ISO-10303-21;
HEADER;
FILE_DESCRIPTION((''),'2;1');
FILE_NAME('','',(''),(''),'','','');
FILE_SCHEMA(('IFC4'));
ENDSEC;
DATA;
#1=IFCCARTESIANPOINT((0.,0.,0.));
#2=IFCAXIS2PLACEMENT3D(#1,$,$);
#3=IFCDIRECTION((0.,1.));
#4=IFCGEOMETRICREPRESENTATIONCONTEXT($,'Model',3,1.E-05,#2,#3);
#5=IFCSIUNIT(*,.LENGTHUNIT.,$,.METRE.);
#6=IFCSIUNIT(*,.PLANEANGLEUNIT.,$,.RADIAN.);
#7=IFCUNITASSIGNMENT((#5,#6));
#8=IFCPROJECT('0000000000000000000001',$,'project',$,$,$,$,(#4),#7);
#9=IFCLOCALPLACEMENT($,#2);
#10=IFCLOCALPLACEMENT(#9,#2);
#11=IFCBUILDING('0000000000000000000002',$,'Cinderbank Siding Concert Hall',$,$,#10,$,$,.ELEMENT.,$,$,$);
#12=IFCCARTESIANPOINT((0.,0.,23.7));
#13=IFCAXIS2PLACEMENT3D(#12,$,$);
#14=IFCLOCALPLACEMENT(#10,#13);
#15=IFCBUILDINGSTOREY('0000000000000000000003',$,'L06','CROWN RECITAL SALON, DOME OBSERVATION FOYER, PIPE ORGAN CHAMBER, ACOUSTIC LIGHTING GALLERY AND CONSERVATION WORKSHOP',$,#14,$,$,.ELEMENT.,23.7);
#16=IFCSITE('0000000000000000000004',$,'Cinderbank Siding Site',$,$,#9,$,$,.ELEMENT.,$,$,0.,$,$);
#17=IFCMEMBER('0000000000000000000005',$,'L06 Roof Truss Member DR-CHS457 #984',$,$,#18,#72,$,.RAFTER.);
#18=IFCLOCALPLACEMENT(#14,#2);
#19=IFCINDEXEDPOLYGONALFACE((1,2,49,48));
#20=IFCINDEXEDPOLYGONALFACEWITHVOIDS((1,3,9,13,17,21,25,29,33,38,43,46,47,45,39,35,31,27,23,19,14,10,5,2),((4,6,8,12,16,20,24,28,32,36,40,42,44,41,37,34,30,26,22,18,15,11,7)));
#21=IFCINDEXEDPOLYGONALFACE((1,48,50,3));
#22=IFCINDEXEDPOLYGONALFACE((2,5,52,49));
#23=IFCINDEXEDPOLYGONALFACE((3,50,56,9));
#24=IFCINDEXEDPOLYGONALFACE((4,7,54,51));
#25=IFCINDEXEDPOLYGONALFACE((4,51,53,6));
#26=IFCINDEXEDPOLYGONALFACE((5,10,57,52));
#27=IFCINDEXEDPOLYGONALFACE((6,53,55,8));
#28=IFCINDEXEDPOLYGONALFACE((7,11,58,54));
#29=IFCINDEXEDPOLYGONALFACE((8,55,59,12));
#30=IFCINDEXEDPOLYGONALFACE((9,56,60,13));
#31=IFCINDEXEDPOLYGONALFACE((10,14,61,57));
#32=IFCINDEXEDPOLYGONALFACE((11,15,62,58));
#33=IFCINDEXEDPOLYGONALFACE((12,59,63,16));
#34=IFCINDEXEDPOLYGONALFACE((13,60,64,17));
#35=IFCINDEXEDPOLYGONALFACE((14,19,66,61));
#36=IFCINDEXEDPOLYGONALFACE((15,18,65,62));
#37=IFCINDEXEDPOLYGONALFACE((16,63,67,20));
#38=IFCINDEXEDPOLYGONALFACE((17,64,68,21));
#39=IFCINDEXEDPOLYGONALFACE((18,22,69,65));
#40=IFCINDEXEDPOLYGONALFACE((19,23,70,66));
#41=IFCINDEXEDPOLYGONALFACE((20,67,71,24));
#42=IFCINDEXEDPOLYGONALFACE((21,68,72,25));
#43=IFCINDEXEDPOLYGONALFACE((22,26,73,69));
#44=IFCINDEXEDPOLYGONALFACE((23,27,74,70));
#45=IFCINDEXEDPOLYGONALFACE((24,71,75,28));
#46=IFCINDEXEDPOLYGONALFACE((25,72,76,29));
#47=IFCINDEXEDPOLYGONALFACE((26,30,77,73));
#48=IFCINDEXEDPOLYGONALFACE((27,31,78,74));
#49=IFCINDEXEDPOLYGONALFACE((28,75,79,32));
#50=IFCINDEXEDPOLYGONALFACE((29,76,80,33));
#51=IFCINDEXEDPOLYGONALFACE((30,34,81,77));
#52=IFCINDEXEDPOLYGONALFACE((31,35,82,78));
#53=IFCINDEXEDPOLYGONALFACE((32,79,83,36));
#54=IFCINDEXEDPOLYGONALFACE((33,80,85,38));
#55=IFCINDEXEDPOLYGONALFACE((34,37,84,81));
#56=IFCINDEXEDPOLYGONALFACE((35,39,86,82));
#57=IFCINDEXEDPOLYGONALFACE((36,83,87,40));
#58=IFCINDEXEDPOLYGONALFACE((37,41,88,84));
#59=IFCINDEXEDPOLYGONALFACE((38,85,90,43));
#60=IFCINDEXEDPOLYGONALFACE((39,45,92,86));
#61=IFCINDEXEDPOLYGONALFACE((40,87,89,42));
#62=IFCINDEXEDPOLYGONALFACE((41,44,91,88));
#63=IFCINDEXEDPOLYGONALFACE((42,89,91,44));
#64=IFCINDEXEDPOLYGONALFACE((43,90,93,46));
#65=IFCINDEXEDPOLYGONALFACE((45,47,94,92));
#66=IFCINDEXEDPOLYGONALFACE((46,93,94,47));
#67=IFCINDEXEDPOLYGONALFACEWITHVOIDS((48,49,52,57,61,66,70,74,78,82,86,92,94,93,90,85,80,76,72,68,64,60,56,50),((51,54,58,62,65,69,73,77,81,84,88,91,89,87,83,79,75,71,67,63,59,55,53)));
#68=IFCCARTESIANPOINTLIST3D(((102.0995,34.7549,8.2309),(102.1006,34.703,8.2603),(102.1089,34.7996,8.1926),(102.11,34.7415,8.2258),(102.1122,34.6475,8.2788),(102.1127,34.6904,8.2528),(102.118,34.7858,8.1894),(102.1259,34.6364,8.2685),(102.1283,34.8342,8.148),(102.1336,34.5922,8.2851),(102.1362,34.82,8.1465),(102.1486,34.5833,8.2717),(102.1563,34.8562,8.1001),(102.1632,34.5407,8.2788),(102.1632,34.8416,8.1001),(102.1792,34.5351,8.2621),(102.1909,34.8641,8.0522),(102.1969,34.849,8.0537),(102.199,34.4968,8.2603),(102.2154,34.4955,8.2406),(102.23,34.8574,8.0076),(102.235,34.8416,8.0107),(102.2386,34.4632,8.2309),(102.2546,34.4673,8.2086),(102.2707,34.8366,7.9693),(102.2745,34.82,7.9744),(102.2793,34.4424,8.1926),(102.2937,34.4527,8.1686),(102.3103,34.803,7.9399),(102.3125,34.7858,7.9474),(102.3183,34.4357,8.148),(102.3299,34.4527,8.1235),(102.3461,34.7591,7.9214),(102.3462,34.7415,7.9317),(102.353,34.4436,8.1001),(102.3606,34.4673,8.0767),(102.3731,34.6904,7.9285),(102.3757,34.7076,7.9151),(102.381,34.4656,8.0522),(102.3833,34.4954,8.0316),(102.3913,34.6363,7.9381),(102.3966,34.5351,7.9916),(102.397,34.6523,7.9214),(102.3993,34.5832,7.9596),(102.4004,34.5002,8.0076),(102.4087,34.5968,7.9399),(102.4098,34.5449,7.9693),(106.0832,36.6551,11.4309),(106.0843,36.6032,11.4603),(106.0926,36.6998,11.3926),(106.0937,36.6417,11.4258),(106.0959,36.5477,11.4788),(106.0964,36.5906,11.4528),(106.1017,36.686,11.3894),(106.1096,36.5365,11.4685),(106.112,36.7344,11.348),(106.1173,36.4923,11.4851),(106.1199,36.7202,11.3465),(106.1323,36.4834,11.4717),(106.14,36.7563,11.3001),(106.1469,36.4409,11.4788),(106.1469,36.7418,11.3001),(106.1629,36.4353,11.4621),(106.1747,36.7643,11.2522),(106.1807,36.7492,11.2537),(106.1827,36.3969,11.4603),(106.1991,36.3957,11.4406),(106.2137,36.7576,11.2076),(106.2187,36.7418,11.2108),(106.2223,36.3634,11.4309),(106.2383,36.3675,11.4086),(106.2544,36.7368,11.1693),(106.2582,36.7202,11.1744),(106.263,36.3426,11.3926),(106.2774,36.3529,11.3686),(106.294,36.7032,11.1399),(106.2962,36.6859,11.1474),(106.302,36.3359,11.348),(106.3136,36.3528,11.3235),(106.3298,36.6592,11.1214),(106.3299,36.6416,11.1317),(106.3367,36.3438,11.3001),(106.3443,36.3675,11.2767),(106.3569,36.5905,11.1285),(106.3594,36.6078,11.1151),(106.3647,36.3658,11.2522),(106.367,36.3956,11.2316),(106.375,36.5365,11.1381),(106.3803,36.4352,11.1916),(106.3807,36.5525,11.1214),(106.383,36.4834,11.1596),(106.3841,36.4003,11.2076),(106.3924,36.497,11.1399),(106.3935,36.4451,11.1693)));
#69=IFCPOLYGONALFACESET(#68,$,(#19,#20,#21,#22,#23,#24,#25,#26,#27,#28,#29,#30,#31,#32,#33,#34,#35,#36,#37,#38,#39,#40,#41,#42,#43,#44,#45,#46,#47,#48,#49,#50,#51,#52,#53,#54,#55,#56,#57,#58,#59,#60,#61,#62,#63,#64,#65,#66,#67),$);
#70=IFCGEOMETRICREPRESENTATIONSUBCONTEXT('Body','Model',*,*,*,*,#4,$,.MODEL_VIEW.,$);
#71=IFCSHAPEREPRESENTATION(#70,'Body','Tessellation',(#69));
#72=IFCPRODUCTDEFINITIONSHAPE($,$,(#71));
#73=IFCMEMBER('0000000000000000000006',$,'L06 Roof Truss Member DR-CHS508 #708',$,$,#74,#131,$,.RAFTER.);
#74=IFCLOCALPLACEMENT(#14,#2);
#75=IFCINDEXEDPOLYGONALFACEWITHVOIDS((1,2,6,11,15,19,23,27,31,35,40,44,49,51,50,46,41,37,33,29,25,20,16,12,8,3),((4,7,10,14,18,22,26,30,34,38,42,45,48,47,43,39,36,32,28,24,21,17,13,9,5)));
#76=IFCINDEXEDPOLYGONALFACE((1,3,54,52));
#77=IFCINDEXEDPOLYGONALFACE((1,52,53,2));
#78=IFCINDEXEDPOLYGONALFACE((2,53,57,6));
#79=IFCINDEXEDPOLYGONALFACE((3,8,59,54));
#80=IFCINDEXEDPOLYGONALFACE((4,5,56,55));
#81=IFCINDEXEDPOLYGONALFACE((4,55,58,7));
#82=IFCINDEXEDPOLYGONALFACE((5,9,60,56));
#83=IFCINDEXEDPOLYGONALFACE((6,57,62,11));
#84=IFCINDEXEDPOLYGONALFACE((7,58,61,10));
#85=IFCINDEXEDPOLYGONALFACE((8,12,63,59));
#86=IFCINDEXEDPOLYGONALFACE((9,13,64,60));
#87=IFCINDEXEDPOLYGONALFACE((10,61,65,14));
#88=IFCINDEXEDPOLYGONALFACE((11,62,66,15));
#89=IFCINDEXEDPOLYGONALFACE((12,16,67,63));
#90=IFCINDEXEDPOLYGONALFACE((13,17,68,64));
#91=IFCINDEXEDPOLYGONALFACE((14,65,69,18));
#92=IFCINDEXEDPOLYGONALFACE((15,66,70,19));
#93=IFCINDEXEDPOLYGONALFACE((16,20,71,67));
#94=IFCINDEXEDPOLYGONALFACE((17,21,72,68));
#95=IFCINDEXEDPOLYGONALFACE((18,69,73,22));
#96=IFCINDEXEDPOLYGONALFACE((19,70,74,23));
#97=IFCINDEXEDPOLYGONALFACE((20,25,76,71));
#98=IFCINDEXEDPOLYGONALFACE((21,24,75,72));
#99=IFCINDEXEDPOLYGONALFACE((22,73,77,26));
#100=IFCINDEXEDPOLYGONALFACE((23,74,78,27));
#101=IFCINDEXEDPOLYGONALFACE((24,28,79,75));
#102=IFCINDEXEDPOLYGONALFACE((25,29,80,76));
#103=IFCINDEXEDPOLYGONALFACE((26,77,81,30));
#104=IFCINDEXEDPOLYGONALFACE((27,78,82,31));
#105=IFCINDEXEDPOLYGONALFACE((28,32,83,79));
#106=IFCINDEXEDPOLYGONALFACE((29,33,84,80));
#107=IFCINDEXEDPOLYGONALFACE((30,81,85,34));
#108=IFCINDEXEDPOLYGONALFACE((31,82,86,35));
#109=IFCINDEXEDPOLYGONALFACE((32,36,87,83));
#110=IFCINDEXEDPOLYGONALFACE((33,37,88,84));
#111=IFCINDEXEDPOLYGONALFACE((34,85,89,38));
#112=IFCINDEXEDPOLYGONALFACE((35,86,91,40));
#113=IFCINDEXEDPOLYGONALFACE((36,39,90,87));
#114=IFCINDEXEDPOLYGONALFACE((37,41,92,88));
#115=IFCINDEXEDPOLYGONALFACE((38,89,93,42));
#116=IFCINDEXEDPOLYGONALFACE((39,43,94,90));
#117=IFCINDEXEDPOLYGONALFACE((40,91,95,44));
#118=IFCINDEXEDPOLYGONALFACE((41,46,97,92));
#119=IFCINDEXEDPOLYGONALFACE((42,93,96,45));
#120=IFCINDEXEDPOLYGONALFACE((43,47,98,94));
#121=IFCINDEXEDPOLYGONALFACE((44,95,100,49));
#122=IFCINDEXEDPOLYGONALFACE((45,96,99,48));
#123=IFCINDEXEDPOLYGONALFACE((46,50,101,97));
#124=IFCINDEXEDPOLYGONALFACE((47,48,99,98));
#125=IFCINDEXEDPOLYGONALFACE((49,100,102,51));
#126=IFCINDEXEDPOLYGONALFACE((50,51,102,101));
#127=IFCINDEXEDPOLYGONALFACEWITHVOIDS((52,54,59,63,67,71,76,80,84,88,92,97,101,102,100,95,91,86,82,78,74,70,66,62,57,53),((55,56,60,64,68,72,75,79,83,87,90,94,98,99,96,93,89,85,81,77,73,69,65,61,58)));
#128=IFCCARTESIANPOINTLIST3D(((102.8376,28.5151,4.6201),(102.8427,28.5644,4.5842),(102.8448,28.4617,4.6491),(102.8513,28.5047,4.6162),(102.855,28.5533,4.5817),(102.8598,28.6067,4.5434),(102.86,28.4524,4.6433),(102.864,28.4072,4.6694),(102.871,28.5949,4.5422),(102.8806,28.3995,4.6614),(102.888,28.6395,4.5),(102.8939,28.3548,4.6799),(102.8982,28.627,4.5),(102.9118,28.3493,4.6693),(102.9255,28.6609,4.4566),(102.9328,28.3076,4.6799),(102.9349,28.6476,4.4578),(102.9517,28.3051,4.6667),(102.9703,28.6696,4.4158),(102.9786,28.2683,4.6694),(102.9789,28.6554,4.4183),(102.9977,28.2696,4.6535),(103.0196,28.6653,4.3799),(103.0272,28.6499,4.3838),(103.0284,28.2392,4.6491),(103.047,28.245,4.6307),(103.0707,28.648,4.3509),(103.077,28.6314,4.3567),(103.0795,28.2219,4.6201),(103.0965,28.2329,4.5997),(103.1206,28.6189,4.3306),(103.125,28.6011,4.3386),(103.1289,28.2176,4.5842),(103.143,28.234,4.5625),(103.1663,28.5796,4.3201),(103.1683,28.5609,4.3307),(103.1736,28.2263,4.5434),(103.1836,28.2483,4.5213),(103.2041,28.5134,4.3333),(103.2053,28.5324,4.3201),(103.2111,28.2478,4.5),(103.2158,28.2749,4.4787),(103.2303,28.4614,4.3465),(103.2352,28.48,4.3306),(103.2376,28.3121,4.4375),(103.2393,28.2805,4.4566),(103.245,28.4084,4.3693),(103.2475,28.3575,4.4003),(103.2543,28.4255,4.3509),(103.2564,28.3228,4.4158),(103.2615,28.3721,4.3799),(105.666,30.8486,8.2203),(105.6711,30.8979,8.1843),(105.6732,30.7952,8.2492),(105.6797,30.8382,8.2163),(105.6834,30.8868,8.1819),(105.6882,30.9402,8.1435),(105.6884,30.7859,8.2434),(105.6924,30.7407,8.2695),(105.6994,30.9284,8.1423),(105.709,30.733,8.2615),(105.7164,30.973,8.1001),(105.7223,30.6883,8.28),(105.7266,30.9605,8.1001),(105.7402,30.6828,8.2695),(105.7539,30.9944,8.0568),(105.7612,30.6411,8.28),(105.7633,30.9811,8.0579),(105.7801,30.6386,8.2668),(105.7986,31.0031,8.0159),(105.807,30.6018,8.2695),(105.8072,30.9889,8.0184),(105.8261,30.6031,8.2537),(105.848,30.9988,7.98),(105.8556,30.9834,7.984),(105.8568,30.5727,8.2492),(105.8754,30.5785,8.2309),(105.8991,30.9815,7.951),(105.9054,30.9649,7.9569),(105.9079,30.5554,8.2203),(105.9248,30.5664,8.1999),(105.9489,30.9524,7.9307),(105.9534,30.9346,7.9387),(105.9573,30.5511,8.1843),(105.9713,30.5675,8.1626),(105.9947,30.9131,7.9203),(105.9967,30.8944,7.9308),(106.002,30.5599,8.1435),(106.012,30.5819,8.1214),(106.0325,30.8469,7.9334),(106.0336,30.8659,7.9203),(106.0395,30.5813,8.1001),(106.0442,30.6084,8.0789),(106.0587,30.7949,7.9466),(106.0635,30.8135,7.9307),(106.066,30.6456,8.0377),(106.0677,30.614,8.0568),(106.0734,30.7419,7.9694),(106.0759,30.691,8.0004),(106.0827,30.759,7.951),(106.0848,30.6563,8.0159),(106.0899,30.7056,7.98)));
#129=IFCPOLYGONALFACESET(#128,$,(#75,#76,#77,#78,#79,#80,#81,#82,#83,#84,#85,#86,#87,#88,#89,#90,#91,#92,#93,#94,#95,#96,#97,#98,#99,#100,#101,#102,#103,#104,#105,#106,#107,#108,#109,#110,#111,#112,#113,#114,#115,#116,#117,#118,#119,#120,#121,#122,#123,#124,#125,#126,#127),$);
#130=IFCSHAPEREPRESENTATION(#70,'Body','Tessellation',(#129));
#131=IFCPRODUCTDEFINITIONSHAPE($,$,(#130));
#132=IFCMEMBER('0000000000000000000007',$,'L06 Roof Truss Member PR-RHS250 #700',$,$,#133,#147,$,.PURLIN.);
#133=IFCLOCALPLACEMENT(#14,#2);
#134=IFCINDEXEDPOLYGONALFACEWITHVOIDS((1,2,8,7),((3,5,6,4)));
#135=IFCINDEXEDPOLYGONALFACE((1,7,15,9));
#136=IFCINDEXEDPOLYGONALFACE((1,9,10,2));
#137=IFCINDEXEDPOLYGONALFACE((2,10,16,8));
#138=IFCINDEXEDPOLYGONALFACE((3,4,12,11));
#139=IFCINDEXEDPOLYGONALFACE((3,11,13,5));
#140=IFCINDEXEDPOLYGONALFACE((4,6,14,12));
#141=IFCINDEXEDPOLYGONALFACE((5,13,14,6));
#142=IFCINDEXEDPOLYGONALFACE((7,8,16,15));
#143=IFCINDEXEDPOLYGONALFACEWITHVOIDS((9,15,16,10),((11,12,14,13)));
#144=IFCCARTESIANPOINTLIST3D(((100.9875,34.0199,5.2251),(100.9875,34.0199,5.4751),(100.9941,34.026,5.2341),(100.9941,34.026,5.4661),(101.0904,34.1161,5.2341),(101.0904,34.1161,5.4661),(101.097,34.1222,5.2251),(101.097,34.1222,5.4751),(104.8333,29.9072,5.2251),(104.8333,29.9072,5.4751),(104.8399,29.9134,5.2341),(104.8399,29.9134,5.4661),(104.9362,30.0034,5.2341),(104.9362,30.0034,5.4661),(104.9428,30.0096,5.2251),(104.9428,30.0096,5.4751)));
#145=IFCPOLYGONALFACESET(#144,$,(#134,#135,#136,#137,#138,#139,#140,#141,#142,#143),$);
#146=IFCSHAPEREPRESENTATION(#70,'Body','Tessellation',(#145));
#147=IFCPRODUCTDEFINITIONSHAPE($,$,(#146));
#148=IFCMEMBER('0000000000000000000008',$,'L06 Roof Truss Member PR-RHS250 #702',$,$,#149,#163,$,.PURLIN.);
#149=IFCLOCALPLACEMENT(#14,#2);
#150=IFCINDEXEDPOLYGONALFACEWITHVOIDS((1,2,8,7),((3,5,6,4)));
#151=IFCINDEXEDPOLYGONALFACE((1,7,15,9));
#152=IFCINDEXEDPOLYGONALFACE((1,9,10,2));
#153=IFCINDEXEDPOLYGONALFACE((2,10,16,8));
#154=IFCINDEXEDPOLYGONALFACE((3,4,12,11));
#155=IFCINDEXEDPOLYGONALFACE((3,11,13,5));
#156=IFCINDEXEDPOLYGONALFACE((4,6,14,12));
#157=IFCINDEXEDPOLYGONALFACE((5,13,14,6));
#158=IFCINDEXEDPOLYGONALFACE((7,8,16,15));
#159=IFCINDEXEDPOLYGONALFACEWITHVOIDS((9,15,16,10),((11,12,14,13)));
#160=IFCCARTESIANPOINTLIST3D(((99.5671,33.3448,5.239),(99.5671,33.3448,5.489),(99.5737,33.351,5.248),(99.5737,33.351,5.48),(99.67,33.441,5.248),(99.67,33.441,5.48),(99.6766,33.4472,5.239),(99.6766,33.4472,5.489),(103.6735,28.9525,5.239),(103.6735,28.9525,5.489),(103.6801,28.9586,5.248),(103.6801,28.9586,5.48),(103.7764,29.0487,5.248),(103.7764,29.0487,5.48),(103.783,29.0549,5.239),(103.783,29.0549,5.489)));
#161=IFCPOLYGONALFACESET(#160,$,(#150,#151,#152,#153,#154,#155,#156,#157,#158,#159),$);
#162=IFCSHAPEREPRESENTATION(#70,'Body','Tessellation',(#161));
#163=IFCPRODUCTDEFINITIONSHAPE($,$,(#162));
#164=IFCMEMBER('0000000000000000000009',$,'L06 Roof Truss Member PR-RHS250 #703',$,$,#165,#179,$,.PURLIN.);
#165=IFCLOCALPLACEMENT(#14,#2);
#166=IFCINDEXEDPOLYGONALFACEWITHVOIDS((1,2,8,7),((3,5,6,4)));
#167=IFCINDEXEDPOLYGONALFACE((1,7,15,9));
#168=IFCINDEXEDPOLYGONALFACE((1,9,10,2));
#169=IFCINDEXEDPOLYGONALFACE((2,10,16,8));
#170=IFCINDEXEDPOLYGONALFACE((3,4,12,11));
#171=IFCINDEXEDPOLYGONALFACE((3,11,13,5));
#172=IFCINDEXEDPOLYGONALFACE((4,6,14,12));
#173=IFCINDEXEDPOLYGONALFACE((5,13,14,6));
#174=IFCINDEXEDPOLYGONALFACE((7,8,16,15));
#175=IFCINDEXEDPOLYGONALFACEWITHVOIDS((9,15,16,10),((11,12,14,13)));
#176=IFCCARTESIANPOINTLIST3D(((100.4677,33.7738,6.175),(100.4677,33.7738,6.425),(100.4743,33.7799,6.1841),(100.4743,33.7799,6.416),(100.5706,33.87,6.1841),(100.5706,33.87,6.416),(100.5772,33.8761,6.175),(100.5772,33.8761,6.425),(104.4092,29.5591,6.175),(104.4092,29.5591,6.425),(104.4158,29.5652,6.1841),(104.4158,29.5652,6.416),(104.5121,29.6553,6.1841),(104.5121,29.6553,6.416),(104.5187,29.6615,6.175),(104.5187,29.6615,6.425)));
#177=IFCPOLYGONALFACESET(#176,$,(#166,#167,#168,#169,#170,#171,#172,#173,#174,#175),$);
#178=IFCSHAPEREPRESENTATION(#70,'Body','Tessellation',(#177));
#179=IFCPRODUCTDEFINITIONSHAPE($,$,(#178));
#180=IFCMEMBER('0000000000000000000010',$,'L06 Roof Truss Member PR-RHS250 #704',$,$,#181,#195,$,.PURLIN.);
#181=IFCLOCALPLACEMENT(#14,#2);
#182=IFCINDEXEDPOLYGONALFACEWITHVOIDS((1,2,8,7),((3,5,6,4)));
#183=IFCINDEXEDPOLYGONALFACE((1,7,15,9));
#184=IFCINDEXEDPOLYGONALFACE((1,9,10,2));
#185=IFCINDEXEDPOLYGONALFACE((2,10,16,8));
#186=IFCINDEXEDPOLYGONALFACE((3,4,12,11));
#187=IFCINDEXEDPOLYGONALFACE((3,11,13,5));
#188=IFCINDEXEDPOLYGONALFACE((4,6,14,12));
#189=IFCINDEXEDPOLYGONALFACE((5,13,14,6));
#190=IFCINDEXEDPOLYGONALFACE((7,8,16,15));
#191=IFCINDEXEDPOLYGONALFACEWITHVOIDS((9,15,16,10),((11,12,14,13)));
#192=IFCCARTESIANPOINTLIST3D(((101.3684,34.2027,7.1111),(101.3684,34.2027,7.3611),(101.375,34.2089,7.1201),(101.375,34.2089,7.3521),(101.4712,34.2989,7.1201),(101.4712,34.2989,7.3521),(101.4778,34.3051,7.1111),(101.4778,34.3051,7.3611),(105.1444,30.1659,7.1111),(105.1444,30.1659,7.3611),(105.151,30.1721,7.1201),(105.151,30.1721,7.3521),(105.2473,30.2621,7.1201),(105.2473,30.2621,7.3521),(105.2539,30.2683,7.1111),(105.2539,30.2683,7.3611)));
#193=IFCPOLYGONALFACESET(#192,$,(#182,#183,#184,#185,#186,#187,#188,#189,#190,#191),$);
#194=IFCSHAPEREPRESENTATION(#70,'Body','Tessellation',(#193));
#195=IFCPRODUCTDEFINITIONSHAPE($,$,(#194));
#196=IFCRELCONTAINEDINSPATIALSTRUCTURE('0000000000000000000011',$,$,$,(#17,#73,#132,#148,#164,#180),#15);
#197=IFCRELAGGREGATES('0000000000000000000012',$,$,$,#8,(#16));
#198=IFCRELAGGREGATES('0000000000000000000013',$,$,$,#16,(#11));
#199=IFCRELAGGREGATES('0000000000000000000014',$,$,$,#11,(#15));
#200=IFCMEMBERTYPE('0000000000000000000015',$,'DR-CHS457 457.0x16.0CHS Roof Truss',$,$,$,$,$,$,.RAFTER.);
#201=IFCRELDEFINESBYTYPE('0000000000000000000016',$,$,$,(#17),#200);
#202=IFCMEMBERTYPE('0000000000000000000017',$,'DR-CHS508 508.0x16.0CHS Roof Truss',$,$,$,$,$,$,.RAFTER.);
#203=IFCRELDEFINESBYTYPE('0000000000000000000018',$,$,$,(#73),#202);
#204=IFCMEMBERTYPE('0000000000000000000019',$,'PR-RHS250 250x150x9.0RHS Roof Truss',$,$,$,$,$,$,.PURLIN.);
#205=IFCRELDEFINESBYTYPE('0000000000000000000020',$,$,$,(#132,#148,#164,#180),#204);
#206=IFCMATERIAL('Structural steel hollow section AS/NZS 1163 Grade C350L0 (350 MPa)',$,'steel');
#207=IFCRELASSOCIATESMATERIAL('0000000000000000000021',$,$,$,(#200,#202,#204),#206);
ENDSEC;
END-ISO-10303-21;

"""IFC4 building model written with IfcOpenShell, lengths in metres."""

from ifc_helpers import new_model, si_unit, direction, frame, origin, origin_2d, place, context, subcontext, project, spatial, hollow_rectangle, hollow_circle, extrude, material, material_profile, profile_set, type_object, element, save


model = new_model("IFC4")

# Units and contexts
model_context = context("Model", 3, precision=1e-05, world=origin(), true_north=direction((0.0, 1.0)))
body_context = subcontext(model_context, "Body", "Model", "MODEL_VIEW")
ifc_project = project(units=[si_unit("LENGTHUNIT", "METRE"), si_unit("PLANEANGLEUNIT", "RADIAN")], contexts=[model_context])

# Site, building, storey
site_placement = place(None, origin())
site = spatial("IfcSite", under=ifc_project, at=site_placement, Name="Cinderbank Siding Site", CompositionType="ELEMENT", RefElevation=0.0)
building_placement = place(site_placement, origin())
building = spatial("IfcBuilding", under=site, at=building_placement, Name="Cinderbank Siding Concert Hall", CompositionType="ELEMENT")
storey_placement = place(building_placement, frame((0.0, 0.0, 23.7)))
storey = spatial("IfcBuildingStorey", under=building, at=storey_placement, Name="L06", Description="CROWN RECITAL SALON, DOME OBSERVATION FOYER, PIPE ORGAN CHAMBER, ACOUSTIC LIGHTING GALLERY AND CONSERVATION WORKSHOP", CompositionType="ELEMENT", Elevation=23.7)

# Members
ifc_material_1 = material(Name="Structural steel hollow section AS/NZS 1163 Grade C350L0 (350 MPa)", Category="steel")
ifc_material_profile_1 = material_profile(ifc_material_1, hollow_circle(Radius=0.2285, WallThickness=0.0161, at=origin_2d()), Name="457.0x16.0CHS", Category="LoadBearing")
ifc_profile_set_1 = profile_set([ifc_material_profile_1], Name="Structural steel hollow section AS/NZS 1163 Grade C350L0 (350 MPa)")
member_type_1 = type_object("IfcMemberType", Name="DR-CHS457 457.0x16.0CHS Roof Truss", PredefinedType="RAFTER", material=ifc_profile_set_1)
member_1_placement = place(storey_placement, frame((102.2546, 34.6499, 8.1001), z_axis=(0.730733, 0.34855, 0.586978), x_axis=(-0.43052, 0.902581, 0.0)))
element("IfcMember", 1, at=member_1_placement, inside=storey, type_object=member_type_1, Name="L06 Roof Truss Member DR-CHS457 #984", PredefinedType="RAFTER", context=body_context, shape_type="SweptSolid", body=[
    extrude(hollow_circle(Radius=0.2285, WallThickness=0.0161, at=origin_2d()), origin(), (0.0, 0.0, 1.0), 5.4517),
])
ifc_material_profile_2 = material_profile(ifc_material_1, hollow_circle(Radius=0.2539, WallThickness=0.0161, at=origin_2d()), Name="508.0x16.0CHS", Category="LoadBearing")
ifc_profile_set_2 = profile_set([ifc_material_profile_2], Name="Structural steel hollow section AS/NZS 1163 Grade C350L0 (350 MPa)")
member_type_2 = type_object("IfcMemberType", Name="DR-CHS508 508.0x16.0CHS Roof Truss", PredefinedType="RAFTER", material=ifc_profile_set_2)
member_2_placement = place(storey_placement, frame((103.0496, 28.4436, 4.5), z_axis=(0.550412, 0.454108, 0.700594), x_axis=(-0.636398, 0.771361, 0.0)))
element("IfcMember", 2, at=member_2_placement, inside=storey, type_object=member_type_2, Name="L06 Roof Truss Member DR-CHS508 #708", PredefinedType="RAFTER", context=body_context, shape_type="SweptSolid", body=[
    extrude(hollow_circle(Radius=0.2539, WallThickness=0.0161, at=origin_2d()), origin(), (0.0, 0.0, 1.0), 5.1387),
])
ifc_material_profile_3 = material_profile(ifc_material_1, hollow_rectangle(XDim=0.1499, YDim=0.25, WallThickness=0.009, at=origin_2d()), Name="250x150x9.0RHS", Category="LoadBearing")
ifc_profile_set_3 = profile_set([ifc_material_profile_3], Name="Structural steel hollow section AS/NZS 1163 Grade C350L0 (350 MPa)")
member_type_3 = type_object("IfcMemberType", Name="PR-RHS250 250x150x9.0RHS Roof Truss", PredefinedType="PURLIN", material=ifc_profile_set_3)
member_3_placement = place(storey_placement, frame((101.0422, 34.071, 5.3501), z_axis=(0.683013, -0.730406, 0.0), x_axis=(0.730406, 0.683013, 0.0)))
element("IfcMember", 3, at=member_3_placement, inside=storey, type_object=member_type_3, Name="L06 Roof Truss Member PR-RHS250 #700", PredefinedType="PURLIN", context=body_context, shape_type="SweptSolid", body=[
    extrude(hollow_rectangle(XDim=0.1499, YDim=0.25, WallThickness=0.009, at=origin_2d()), origin(), (0.0, 0.0, 1.0), 5.6306),
])
member_4_placement = place(storey_placement, frame((99.6218, 33.396, 5.364), z_axis=(0.682934, -0.73048, 0.0), x_axis=(0.73048, 0.682934, 0.0)))
element("IfcMember", 4, at=member_4_placement, inside=storey, type_object=member_type_3, Name="L06 Roof Truss Member PR-RHS250 #702", PredefinedType="PURLIN", context=body_context, shape_type="SweptSolid", body=[
    extrude(hollow_rectangle(XDim=0.1499, YDim=0.25, WallThickness=0.009, at=origin_2d()), origin(), (0.0, 0.0, 1.0), 6.0129),
])
member_5_placement = place(storey_placement, frame((100.5225, 33.825, 6.3), z_axis=(0.683038, -0.730382, 0.0), x_axis=(0.730382, 0.683038, 0.0)))
element("IfcMember", 5, at=member_5_placement, inside=storey, type_object=member_type_3, Name="L06 Roof Truss Member PR-RHS250 #703", PredefinedType="PURLIN", context=body_context, shape_type="SweptSolid", body=[
    extrude(hollow_rectangle(XDim=0.1499, YDim=0.25, WallThickness=0.009, at=origin_2d()), origin(), (0.0, 0.0, 1.0), 5.7705),
])
member_6_placement = place(storey_placement, frame((101.4231, 34.2539, 7.2361), z_axis=(0.683128, -0.730298, 0.0), x_axis=(0.730298, 0.683128, 0.0)))
element("IfcMember", 6, at=member_6_placement, inside=storey, type_object=member_type_3, Name="L06 Roof Truss Member PR-RHS250 #704", PredefinedType="PURLIN", context=body_context, shape_type="SweptSolid", body=[
    extrude(hollow_rectangle(XDim=0.1499, YDim=0.25, WallThickness=0.009, at=origin_2d()), origin(), (0.0, 0.0, 1.0), 5.5276),
])

save(model, "model.ifc")
